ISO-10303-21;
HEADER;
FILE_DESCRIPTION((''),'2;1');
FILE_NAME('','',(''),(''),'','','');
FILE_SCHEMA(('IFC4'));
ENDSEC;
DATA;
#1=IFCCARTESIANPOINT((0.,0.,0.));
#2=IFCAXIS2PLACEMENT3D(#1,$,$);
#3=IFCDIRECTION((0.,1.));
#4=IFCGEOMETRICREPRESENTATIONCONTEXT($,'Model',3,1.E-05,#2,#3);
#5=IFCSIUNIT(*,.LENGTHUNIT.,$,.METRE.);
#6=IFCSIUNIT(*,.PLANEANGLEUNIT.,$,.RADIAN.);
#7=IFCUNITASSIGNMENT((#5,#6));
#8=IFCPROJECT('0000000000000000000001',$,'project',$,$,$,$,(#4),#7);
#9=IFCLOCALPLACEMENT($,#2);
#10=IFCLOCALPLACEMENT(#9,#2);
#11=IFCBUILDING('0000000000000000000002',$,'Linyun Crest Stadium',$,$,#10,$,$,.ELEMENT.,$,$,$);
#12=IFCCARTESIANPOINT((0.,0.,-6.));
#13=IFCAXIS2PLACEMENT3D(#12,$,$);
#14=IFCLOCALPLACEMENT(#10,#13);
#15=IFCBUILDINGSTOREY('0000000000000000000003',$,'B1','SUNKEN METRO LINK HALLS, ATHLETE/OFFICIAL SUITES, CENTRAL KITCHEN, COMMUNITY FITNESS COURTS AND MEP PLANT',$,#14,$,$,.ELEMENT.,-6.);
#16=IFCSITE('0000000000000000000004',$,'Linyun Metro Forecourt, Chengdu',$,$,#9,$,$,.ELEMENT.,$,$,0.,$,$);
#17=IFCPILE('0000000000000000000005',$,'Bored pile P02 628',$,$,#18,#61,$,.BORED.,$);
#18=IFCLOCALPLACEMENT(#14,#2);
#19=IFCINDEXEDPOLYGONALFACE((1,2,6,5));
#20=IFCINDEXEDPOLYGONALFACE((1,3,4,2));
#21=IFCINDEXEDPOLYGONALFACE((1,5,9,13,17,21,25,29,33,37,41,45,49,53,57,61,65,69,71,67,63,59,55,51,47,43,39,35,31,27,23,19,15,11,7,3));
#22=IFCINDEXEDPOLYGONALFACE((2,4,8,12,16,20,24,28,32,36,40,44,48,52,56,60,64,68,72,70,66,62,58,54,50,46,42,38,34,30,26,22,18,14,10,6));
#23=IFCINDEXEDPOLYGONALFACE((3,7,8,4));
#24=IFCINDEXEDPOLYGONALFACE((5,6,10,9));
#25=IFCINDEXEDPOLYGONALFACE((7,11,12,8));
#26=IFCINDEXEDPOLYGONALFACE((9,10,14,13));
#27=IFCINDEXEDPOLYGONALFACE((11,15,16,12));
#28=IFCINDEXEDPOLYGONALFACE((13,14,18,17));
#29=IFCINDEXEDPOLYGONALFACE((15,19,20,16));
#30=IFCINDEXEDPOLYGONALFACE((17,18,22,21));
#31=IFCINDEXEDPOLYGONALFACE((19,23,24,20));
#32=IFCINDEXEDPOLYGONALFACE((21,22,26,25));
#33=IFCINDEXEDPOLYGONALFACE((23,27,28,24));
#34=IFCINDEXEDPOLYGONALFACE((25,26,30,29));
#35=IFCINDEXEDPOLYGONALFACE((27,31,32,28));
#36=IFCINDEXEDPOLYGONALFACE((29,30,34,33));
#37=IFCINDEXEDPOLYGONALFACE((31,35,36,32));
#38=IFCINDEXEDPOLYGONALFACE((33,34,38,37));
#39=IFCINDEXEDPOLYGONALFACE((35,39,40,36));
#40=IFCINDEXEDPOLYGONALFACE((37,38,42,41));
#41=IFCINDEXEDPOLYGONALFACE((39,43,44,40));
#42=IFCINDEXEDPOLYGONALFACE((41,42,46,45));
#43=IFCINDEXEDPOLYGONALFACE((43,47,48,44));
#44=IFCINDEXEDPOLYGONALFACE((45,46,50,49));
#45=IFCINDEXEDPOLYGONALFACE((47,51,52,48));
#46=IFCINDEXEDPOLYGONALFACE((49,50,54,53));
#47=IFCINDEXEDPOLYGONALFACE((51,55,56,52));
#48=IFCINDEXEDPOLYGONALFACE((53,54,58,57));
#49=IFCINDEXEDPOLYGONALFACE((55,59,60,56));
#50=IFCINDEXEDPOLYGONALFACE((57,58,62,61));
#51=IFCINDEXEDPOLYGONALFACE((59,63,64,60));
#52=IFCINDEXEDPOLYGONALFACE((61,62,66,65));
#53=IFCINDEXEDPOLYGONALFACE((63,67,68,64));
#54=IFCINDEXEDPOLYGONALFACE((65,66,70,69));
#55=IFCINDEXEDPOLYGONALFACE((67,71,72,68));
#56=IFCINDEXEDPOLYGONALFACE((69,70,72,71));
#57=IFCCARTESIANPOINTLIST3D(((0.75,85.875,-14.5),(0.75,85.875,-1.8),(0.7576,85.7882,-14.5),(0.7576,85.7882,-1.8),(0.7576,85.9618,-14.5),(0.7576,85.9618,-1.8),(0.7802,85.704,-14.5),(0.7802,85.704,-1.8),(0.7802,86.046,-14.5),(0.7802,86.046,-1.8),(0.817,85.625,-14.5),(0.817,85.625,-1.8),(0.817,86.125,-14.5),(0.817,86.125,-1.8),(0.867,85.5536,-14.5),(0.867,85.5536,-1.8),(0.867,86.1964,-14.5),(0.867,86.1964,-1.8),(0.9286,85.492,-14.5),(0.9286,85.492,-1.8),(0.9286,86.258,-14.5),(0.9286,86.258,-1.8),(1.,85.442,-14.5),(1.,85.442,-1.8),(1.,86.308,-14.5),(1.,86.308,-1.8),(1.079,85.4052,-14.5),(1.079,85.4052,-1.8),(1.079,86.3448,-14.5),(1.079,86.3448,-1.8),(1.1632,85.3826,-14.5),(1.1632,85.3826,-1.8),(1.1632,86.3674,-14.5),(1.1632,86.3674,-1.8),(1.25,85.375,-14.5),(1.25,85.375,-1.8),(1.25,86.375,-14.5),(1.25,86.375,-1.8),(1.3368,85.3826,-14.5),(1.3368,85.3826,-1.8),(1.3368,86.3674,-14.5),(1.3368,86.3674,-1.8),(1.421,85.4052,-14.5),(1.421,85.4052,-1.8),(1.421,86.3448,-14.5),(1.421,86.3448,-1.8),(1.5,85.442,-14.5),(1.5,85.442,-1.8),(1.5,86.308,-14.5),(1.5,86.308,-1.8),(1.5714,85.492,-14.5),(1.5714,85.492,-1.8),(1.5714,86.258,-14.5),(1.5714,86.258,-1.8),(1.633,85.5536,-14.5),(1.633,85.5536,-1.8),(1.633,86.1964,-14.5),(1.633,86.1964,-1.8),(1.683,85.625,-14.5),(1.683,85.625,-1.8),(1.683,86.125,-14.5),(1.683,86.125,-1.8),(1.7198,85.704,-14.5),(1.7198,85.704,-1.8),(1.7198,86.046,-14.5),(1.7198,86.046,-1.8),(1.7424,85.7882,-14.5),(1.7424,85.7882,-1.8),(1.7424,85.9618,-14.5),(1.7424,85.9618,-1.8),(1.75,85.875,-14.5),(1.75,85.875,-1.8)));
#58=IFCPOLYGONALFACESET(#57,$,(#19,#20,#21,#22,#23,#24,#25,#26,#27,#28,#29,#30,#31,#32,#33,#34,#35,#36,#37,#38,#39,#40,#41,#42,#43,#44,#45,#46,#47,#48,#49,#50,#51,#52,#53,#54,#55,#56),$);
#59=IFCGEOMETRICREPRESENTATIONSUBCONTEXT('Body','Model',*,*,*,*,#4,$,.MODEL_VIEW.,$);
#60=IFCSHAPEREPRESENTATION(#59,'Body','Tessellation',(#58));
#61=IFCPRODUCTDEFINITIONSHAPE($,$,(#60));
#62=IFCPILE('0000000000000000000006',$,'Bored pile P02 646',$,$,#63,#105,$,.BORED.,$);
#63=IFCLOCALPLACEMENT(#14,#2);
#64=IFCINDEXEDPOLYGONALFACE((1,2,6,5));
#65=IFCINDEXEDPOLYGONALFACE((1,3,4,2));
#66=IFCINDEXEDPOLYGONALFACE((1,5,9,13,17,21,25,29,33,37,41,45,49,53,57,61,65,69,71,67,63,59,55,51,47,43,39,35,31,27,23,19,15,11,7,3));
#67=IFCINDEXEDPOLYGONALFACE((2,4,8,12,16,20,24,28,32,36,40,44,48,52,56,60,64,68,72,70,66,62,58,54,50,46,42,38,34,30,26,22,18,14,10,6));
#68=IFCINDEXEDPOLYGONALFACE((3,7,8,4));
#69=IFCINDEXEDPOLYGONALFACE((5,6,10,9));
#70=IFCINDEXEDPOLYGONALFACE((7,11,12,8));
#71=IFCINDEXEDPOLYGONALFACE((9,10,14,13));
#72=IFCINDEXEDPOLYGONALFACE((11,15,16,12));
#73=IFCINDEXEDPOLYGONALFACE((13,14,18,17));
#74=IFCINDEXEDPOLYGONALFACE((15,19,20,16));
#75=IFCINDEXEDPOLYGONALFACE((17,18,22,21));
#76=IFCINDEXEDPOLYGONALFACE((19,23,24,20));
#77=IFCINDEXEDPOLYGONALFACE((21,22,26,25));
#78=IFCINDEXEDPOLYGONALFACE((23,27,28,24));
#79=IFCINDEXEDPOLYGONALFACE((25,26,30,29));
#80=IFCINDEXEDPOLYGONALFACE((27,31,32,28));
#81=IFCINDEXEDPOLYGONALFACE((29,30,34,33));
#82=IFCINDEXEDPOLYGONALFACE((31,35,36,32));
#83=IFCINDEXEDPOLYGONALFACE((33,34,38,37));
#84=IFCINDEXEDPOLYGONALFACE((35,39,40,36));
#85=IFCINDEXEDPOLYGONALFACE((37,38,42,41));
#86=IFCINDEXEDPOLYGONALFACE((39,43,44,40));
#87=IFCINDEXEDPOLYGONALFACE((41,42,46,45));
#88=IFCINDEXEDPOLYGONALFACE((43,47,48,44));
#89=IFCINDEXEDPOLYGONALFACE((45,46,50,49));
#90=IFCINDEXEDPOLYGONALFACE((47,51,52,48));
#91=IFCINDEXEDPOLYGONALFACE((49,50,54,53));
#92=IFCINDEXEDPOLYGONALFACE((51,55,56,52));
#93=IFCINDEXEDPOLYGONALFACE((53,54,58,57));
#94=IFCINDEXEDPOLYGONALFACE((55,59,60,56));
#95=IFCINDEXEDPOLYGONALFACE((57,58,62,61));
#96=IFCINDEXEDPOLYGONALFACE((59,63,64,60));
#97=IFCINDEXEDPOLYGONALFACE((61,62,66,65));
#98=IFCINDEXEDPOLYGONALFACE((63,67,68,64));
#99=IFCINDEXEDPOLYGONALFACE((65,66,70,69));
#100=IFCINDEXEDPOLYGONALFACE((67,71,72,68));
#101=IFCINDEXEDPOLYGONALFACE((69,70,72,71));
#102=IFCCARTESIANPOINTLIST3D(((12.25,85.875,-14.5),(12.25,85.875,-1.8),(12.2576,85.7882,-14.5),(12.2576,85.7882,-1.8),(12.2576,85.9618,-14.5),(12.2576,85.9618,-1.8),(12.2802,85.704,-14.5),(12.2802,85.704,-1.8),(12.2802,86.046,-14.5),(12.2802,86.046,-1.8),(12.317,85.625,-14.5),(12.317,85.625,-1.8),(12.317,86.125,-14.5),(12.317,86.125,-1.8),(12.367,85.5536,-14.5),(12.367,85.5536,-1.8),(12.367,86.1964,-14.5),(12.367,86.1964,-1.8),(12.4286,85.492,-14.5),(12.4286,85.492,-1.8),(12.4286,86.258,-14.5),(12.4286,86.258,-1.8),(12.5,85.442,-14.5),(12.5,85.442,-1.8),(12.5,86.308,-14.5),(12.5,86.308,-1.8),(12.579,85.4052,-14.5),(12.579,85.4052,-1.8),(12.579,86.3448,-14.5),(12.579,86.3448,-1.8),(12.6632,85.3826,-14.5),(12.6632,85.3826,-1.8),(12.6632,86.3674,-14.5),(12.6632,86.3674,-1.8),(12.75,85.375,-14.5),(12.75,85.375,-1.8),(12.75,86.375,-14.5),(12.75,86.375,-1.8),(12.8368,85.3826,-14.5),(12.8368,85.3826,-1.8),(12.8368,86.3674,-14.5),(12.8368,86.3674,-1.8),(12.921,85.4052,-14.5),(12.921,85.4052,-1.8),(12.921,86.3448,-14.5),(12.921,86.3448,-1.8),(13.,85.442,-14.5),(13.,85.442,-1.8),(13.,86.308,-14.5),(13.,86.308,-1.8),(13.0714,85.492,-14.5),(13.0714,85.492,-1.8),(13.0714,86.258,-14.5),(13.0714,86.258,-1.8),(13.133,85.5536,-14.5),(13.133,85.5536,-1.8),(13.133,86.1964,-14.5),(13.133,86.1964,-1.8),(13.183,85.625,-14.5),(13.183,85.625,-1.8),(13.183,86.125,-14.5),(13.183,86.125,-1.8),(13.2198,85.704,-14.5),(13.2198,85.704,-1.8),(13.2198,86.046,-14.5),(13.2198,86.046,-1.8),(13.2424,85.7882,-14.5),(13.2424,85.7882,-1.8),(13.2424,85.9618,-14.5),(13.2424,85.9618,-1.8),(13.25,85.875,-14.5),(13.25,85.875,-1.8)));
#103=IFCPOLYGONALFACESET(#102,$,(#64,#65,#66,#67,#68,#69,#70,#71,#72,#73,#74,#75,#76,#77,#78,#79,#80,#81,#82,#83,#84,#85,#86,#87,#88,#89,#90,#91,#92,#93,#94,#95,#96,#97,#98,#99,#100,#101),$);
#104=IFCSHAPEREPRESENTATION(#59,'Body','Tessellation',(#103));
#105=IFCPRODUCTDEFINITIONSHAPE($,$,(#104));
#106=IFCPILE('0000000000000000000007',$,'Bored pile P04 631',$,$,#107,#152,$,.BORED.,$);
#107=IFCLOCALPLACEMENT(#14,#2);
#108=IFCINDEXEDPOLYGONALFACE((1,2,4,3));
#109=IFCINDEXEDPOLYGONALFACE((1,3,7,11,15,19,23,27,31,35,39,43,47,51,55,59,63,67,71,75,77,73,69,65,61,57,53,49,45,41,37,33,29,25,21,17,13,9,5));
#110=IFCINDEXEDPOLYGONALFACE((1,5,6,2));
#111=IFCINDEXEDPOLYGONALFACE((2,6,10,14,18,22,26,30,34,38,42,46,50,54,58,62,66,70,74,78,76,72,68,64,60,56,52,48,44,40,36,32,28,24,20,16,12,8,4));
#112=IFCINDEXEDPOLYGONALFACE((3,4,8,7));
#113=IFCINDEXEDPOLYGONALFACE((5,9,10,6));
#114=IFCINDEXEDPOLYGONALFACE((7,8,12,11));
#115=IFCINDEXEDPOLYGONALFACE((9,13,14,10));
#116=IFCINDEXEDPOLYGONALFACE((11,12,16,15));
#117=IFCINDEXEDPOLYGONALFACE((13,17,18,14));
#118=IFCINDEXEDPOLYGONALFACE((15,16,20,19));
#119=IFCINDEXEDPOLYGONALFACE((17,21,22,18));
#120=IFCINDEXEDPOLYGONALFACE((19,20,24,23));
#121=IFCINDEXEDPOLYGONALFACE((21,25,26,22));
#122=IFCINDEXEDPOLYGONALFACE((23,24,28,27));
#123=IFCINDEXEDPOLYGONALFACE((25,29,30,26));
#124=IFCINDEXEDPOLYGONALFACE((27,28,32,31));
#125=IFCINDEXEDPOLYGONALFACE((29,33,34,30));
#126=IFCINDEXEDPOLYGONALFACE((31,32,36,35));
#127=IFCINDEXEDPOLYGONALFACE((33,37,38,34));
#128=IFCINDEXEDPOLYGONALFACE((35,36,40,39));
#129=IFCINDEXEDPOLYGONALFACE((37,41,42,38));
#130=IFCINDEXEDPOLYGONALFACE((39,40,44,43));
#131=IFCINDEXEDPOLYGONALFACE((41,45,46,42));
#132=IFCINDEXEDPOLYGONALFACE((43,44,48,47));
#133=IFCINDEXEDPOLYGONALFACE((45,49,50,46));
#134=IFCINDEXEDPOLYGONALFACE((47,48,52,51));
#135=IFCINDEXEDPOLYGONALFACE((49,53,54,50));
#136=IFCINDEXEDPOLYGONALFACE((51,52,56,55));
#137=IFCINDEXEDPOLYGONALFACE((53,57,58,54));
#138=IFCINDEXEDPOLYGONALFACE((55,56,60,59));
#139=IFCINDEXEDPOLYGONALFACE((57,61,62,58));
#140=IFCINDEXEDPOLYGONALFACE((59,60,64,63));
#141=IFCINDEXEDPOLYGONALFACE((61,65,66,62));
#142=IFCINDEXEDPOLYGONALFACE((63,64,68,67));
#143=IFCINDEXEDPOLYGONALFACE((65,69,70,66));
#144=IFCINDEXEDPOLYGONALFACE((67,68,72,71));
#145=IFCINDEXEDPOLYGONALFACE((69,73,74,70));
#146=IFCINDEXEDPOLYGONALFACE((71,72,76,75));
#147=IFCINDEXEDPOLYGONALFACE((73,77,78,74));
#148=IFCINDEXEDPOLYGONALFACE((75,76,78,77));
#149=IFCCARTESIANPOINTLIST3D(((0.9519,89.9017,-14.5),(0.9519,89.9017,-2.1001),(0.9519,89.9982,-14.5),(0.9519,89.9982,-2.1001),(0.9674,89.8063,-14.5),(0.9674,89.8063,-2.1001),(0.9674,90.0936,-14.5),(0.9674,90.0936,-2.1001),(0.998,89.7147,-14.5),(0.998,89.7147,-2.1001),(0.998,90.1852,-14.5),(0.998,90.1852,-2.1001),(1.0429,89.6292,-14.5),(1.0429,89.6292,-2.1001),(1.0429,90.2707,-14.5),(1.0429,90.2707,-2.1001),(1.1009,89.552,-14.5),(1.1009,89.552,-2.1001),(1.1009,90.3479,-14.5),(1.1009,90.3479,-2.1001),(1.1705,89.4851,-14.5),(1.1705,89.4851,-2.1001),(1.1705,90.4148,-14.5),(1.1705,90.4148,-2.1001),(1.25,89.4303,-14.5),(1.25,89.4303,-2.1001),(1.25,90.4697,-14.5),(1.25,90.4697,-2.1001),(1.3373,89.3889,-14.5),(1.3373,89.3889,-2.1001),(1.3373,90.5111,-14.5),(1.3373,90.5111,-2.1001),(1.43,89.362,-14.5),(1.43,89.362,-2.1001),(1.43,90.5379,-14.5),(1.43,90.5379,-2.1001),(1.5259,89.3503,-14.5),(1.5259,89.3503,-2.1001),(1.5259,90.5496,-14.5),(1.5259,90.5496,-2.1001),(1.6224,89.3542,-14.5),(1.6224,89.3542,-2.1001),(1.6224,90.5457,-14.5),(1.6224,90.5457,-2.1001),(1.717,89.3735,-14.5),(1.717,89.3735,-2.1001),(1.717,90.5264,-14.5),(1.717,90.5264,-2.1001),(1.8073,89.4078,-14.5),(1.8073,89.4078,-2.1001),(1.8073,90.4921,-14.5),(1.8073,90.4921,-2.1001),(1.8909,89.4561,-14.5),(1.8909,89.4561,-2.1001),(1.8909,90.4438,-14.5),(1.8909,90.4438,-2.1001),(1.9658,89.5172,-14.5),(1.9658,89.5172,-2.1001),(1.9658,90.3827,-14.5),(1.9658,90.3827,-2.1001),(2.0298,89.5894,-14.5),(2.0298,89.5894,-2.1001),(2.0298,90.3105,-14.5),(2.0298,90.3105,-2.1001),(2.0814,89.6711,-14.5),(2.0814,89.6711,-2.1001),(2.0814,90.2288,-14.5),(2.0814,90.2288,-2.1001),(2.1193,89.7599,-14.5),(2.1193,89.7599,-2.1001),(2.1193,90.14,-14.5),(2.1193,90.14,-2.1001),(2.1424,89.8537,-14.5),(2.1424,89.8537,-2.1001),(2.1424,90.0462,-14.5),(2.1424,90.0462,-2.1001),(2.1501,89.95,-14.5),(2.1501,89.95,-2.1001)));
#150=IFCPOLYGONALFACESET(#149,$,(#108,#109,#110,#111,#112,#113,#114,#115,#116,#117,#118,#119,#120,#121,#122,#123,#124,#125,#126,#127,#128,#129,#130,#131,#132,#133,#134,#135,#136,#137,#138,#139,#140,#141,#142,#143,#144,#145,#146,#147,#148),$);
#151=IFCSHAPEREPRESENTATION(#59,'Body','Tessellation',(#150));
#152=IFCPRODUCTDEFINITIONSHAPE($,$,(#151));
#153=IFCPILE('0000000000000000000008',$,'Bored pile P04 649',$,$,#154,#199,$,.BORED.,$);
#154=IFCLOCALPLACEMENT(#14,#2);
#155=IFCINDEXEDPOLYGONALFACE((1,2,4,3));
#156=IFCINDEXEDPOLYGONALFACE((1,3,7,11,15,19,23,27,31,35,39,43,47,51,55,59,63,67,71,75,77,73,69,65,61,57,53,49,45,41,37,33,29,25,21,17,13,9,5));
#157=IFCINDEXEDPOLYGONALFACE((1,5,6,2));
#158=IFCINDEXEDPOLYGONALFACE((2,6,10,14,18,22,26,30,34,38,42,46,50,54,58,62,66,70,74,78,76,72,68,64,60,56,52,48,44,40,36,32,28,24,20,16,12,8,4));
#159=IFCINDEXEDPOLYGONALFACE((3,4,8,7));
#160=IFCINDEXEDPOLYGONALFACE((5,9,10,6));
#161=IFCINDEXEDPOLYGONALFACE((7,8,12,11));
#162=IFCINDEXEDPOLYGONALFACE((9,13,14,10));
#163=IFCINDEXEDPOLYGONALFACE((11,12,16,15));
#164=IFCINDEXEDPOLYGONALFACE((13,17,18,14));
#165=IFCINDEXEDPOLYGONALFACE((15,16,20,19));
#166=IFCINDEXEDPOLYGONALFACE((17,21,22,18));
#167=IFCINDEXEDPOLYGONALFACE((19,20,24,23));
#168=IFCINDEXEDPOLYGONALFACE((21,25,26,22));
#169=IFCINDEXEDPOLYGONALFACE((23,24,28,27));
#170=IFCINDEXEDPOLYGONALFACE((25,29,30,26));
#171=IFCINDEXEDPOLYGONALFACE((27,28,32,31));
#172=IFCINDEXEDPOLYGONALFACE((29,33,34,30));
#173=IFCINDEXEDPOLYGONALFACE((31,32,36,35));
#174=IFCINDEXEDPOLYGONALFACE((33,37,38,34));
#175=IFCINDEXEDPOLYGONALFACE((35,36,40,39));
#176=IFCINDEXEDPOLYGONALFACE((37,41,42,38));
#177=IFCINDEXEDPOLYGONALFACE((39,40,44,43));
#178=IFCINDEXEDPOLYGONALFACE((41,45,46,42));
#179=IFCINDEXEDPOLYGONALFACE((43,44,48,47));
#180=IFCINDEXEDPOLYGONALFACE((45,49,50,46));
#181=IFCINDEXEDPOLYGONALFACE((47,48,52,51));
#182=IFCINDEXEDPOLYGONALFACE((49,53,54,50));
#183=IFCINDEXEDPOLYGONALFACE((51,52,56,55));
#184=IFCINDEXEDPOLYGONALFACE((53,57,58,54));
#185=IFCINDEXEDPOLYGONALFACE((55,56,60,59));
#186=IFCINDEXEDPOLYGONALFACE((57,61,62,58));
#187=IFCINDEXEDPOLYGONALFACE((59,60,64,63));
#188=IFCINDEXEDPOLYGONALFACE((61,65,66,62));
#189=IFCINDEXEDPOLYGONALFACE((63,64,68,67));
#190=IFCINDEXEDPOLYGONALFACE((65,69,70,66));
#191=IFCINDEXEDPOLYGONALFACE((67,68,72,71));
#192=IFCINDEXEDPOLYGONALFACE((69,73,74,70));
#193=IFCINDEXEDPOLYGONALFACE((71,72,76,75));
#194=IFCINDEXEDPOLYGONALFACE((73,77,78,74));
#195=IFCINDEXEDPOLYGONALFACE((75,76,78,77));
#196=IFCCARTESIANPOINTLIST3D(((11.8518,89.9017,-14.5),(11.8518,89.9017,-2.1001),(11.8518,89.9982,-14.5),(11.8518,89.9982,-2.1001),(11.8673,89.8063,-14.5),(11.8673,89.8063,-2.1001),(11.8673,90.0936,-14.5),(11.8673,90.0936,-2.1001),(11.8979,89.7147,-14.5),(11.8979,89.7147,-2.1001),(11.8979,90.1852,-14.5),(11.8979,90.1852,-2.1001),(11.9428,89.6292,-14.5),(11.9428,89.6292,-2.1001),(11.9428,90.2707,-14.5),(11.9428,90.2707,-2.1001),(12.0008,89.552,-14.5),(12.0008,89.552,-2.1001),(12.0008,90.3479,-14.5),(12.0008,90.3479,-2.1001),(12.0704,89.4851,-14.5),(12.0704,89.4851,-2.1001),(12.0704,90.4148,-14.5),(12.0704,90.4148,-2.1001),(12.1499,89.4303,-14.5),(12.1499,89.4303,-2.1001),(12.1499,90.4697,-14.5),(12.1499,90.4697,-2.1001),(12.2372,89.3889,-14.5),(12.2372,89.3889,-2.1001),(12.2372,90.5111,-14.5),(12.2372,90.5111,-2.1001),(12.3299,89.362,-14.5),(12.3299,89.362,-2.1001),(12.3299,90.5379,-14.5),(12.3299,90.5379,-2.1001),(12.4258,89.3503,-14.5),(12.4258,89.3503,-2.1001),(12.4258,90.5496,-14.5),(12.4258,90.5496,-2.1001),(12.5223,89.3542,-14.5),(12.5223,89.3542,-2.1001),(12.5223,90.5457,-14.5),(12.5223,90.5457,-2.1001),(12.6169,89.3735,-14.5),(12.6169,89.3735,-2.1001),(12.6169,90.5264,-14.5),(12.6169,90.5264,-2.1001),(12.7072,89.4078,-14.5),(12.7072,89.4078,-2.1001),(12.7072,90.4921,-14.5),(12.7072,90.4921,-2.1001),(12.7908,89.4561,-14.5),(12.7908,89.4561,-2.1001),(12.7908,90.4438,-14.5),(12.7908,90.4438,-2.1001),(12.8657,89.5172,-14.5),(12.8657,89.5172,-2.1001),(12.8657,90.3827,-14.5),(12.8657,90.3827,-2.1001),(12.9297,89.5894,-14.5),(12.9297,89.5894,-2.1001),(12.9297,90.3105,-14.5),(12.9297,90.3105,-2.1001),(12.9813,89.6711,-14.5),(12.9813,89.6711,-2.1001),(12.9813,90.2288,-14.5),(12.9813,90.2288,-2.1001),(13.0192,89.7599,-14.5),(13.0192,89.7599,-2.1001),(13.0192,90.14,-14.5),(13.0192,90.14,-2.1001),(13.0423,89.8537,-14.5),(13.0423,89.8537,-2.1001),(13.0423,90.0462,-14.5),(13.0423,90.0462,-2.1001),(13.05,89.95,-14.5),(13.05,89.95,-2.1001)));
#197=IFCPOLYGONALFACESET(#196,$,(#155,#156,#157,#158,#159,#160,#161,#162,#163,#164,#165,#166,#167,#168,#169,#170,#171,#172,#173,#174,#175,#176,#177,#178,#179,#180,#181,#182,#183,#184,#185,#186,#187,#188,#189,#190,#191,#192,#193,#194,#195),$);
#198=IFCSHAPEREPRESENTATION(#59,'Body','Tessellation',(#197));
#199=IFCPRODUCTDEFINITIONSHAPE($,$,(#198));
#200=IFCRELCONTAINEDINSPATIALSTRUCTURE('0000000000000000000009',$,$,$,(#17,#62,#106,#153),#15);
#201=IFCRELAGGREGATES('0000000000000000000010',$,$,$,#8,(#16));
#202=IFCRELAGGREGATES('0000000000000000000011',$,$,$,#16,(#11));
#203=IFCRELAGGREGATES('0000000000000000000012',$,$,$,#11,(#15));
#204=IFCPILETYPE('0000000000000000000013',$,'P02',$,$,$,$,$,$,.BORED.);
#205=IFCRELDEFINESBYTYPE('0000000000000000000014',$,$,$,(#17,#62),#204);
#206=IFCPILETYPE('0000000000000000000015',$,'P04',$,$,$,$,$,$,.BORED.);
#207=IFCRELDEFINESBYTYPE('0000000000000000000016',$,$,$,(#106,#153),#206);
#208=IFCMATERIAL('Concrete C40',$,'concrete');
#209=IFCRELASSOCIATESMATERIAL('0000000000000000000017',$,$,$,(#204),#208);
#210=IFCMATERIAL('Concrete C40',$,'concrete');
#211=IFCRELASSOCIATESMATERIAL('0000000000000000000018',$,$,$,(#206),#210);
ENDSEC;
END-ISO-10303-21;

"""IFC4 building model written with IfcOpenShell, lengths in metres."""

from ifc_helpers import new_model, si_unit, direction, frame, origin, origin_2d, place, context, subcontext, project, spatial, circle, extrude, material, material_profile, profile_set, type_object, element, save


model = new_model("IFC4")

# Units and contexts
model_context = context("Model", 3, precision=1e-05, world=origin(), true_north=direction((0.0, 1.0)))
body_context = subcontext(model_context, "Body", "Model", "MODEL_VIEW")
ifc_project = project(units=[si_unit("LENGTHUNIT", "METRE"), si_unit("PLANEANGLEUNIT", "RADIAN")], contexts=[model_context])

# Site, building, storey
site_placement = place(None, origin())
site = spatial("IfcSite", under=ifc_project, at=site_placement, Name="Linyun Metro Forecourt, Chengdu", CompositionType="ELEMENT", RefElevation=0.0)
building_placement = place(site_placement, origin())
building = spatial("IfcBuilding", under=site, at=building_placement, Name="Linyun Crest Stadium", CompositionType="ELEMENT")
storey_placement = place(building_placement, frame((0.0, 0.0, -6.0)))
storey = spatial("IfcBuildingStorey", under=building, at=storey_placement, Name="B1", Description="SUNKEN METRO LINK HALLS, ATHLETE/OFFICIAL SUITES, CENTRAL KITCHEN, COMMUNITY FITNESS COURTS AND MEP PLANT", CompositionType="ELEMENT", Elevation=-6.0)

# Piles
ifc_material_1 = material(Name="Concrete C40", Category="concrete")
ifc_material_profile_1 = material_profile(ifc_material_1, circle(Radius=0.5, at=origin_2d()), Name="BORED PILE 1000")
ifc_profile_set_1 = profile_set([ifc_material_profile_1], Name="Concrete C40")
pile_type_1 = type_object("IfcPileType", Name="P02", PredefinedType="BORED", material=ifc_profile_set_1)
for number, where, z_axis, x_axis, name in (
    (1, (1.25, 85.875, -1.8), (0.0, 0.0, -1.0), (1.0, 0.0, 0.0), "Bored pile P02 628"),
    (2, (12.75, 85.875, -1.8), (0.0, 0.0, -1.0), (1.0, 0.0, 0.0), "Bored pile P02 646"),
):
    element("IfcPile", number, at=place(storey_placement, frame(where, z_axis=z_axis, x_axis=x_axis)), inside=storey, type_object=pile_type_1, Name=name, PredefinedType="BORED", context=body_context, shape_type="SweptSolid", body=[
        extrude(circle(Radius=0.5, at=origin_2d()), origin(), (0.0, 0.0, 1.0), 12.7),
    ])
ifc_material_2 = material(Name="Concrete C40", Category="concrete")
ifc_material_profile_2 = material_profile(ifc_material_2, circle(Radius=0.6001, at=origin_2d()), Name="BORED PILE 1200")
ifc_profile_set_2 = profile_set([ifc_material_profile_2], Name="Concrete C40")
pile_type_2 = type_object("IfcPileType", Name="P04", PredefinedType="BORED", material=ifc_profile_set_2)
for number, where, z_axis, x_axis, name in (
    (3, (1.55, 89.95, -2.1001), (0.0, 0.0, -1.0), (1.0, 0.0, 0.0), "Bored pile P04 631"),
    (4, (12.45, 89.95, -2.1001), (0.0, 0.0, -1.0), (1.0, 0.0, 0.0), "Bored pile P04 649"),
):
    element("IfcPile", number, at=place(storey_placement, frame(where, z_axis=z_axis, x_axis=x_axis)), inside=storey, type_object=pile_type_2, Name=name, PredefinedType="BORED", context=body_context, shape_type="SweptSolid", body=[
        extrude(circle(Radius=0.6001, at=origin_2d()), origin(), (0.0, 0.0, 1.0), 12.3999),
    ])

save(model, "model.ifc")
